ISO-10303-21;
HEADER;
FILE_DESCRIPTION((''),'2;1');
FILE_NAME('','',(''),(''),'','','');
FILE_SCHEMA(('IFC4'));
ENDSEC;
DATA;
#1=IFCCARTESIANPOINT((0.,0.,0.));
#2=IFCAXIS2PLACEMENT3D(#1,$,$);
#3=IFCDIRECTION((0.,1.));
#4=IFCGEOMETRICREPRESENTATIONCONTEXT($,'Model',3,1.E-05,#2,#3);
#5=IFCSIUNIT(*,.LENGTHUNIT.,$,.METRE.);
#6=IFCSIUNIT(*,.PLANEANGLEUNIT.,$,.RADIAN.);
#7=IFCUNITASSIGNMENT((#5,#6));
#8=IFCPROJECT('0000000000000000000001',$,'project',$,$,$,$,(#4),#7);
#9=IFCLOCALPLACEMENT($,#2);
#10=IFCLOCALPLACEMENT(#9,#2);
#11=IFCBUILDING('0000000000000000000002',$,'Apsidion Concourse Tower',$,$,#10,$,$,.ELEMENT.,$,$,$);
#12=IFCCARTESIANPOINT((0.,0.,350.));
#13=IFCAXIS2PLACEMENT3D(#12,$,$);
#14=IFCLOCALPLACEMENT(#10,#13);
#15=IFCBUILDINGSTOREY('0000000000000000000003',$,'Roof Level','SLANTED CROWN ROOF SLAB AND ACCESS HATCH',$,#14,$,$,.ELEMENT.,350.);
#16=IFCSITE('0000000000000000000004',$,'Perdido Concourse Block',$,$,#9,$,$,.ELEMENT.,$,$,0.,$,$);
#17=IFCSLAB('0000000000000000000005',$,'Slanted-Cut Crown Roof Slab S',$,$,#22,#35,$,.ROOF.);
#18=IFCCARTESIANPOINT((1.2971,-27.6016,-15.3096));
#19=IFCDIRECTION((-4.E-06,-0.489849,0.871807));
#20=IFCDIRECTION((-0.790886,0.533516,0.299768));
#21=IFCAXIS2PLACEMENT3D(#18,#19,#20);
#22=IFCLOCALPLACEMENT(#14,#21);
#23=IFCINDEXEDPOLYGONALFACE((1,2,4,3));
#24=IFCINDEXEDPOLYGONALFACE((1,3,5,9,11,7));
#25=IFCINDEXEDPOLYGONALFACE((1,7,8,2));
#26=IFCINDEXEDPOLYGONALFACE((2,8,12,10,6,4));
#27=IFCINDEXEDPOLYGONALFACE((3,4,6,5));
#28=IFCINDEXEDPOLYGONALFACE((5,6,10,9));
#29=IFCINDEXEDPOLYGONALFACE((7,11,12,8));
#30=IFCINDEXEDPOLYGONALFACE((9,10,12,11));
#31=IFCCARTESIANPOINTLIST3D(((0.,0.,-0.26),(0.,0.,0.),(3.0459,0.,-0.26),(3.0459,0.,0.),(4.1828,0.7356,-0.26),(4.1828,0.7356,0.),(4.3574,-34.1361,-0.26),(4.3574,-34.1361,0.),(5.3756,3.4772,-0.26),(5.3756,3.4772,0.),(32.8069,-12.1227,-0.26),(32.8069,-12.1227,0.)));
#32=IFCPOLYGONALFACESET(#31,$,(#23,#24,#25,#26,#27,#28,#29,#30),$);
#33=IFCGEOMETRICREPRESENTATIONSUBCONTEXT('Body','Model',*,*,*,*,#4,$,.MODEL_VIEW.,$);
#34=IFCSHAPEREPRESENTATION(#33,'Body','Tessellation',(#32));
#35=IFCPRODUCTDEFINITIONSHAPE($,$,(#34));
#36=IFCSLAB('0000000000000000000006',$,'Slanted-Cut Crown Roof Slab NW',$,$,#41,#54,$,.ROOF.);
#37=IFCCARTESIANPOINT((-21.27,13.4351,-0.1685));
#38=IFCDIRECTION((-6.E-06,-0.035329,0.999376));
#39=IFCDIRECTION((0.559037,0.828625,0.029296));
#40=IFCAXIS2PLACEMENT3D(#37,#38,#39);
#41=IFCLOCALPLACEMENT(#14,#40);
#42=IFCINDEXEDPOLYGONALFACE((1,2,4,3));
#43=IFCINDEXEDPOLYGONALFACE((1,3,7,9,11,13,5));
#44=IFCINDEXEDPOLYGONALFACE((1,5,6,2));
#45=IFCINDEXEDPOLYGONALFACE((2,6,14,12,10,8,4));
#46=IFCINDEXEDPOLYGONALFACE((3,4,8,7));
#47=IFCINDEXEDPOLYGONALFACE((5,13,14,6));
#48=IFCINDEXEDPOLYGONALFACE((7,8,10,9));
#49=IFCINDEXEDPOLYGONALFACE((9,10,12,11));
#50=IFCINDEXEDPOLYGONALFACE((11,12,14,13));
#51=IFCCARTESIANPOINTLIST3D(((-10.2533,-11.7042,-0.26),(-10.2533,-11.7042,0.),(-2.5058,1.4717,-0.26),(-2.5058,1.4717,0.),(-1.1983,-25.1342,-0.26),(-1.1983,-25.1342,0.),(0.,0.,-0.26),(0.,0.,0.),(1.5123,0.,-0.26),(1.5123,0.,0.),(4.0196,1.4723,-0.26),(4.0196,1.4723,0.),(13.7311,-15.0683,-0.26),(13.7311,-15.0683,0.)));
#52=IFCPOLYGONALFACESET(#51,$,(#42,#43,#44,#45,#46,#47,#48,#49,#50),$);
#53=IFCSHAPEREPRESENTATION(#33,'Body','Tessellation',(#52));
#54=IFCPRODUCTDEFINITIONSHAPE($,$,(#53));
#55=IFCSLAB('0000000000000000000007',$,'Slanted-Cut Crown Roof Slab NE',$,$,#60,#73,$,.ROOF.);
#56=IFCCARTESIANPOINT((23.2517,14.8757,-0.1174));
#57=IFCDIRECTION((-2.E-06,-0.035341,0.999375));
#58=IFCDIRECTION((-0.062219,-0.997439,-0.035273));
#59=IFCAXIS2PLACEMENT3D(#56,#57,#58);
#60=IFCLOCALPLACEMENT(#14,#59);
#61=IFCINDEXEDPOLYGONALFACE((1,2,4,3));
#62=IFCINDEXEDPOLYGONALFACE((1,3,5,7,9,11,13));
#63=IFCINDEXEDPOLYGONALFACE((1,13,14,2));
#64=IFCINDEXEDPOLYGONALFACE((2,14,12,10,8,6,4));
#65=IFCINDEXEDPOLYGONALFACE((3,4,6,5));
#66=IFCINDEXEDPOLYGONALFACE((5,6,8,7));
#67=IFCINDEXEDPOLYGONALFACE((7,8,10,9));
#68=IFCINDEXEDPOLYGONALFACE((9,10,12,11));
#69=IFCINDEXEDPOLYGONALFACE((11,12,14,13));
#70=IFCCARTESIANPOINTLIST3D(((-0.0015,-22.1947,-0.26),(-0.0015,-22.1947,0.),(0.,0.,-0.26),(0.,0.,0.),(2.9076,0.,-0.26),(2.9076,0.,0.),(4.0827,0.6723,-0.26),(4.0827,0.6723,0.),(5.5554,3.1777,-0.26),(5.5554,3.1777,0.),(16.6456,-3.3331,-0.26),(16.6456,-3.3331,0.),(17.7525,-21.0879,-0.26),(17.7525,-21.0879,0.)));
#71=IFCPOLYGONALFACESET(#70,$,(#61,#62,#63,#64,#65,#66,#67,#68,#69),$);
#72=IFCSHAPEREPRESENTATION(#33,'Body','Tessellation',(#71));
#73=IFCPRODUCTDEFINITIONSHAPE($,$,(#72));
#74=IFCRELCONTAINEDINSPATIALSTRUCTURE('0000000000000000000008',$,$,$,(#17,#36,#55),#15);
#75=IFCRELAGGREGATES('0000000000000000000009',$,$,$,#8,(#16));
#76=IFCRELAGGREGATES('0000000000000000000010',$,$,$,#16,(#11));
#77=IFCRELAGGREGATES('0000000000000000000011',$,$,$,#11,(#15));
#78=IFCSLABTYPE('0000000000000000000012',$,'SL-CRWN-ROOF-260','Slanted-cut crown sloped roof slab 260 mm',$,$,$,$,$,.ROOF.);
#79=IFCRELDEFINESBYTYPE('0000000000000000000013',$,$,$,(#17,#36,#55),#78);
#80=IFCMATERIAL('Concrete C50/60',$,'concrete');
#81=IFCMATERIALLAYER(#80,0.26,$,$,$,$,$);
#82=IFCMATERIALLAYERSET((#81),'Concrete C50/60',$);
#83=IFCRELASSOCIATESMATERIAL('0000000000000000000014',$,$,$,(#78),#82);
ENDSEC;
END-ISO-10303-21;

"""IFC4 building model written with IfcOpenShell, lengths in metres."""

from ifc_helpers import new_model, si_unit, direction, frame, origin, place, context, subcontext, project, spatial, polyline, outline, extrude, material, layer, layer_set, type_object, element, save


model = new_model("IFC4")

# Units and contexts
model_context = context("Model", 3, precision=1e-05, world=origin(), true_north=direction((0.0, 1.0)))
body_context = subcontext(model_context, "Body", "Model", "MODEL_VIEW")
ifc_project = project(units=[si_unit("LENGTHUNIT", "METRE"), si_unit("PLANEANGLEUNIT", "RADIAN")], contexts=[model_context])

# Site, building, storey
site_placement = place(None, origin())
site = spatial("IfcSite", under=ifc_project, at=site_placement, Name="Perdido Concourse Block", CompositionType="ELEMENT", RefElevation=0.0)
building_placement = place(site_placement, origin())
building = spatial("IfcBuilding", under=site, at=building_placement, Name="Apsidion Concourse Tower", CompositionType="ELEMENT")
storey_placement = place(building_placement, frame((0.0, 0.0, 350.0)))
storey = spatial("IfcBuildingStorey", under=building, at=storey_placement, Name="Roof Level", Description="SLANTED CROWN ROOF SLAB AND ACCESS HATCH", CompositionType="ELEMENT", Elevation=350.0)

# Slabs
ifc_material_1 = material(Name="Concrete C50/60", Category="concrete")
ifc_layer_1 = layer(ifc_material_1, 0.26)
ifc_layer_set_1 = layer_set([ifc_layer_1], Name="Concrete C50/60")
slab_type_1 = type_object("IfcSlabType", Name="SL-CRWN-ROOF-260", Description="Slanted-cut crown sloped roof slab 260 mm", PredefinedType="ROOF", material=ifc_layer_set_1)
slab_1_placement = place(storey_placement, frame((1.2971, -27.6016, -15.3096), z_axis=(-0.000004, -0.489849, 0.871807), x_axis=(-0.790886, 0.533516, 0.299768)))
element("IfcSlab", 1, at=slab_1_placement, inside=storey, type_object=slab_type_1, Name="Slanted-Cut Crown Roof Slab S", PredefinedType="ROOF", context=body_context, shape_type="SweptSolid", body=[
    extrude(outline(polyline([(0.0, 0.0), (3.0459, 0.0), (4.1828, 0.7356), (5.3756, 3.4772), (32.8069, -12.1227), (4.3574, -34.1361), (0.0, 0.0)])), origin(), (0.0, 0.0, -1.0), 0.26),
])
slab_2_placement = place(storey_placement, frame((-21.27, 13.4351, -0.1685), z_axis=(-0.000006, -0.035329, 0.999376), x_axis=(0.559037, 0.828625, 0.029296)))
element("IfcSlab", 2, at=slab_2_placement, inside=storey, type_object=slab_type_1, Name="Slanted-Cut Crown Roof Slab NW", PredefinedType="ROOF", context=body_context, shape_type="SweptSolid", body=[
    extrude(outline(polyline([(0.0, 0.0), (1.5123, 0.0), (4.0196, 1.4723), (13.7311, -15.0683), (-1.1983, -25.1342), (-10.2533, -11.7042), (-2.5058, 1.4717), (0.0, 0.0)])), origin(), (0.0, 0.0, -1.0), 0.26),
])
slab_3_placement = place(storey_placement, frame((23.2517, 14.8757, -0.1174), z_axis=(-0.000002, -0.035341, 0.999375), x_axis=(-0.062219, -0.997439, -0.035273)))
element("IfcSlab", 3, at=slab_3_placement, inside=storey, type_object=slab_type_1, Name="Slanted-Cut Crown Roof Slab NE", PredefinedType="ROOF", context=body_context, shape_type="SweptSolid", body=[
    extrude(outline(polyline([(0.0, 0.0), (2.9076, 0.0), (4.0827, 0.6723), (5.5554, 3.1777), (16.6456, -3.3331), (17.7525, -21.0879), (-0.0015, -22.1947), (0.0, 0.0)])), origin(), (0.0, 0.0, -1.0), 0.26),
])

save(model, "model.ifc")
